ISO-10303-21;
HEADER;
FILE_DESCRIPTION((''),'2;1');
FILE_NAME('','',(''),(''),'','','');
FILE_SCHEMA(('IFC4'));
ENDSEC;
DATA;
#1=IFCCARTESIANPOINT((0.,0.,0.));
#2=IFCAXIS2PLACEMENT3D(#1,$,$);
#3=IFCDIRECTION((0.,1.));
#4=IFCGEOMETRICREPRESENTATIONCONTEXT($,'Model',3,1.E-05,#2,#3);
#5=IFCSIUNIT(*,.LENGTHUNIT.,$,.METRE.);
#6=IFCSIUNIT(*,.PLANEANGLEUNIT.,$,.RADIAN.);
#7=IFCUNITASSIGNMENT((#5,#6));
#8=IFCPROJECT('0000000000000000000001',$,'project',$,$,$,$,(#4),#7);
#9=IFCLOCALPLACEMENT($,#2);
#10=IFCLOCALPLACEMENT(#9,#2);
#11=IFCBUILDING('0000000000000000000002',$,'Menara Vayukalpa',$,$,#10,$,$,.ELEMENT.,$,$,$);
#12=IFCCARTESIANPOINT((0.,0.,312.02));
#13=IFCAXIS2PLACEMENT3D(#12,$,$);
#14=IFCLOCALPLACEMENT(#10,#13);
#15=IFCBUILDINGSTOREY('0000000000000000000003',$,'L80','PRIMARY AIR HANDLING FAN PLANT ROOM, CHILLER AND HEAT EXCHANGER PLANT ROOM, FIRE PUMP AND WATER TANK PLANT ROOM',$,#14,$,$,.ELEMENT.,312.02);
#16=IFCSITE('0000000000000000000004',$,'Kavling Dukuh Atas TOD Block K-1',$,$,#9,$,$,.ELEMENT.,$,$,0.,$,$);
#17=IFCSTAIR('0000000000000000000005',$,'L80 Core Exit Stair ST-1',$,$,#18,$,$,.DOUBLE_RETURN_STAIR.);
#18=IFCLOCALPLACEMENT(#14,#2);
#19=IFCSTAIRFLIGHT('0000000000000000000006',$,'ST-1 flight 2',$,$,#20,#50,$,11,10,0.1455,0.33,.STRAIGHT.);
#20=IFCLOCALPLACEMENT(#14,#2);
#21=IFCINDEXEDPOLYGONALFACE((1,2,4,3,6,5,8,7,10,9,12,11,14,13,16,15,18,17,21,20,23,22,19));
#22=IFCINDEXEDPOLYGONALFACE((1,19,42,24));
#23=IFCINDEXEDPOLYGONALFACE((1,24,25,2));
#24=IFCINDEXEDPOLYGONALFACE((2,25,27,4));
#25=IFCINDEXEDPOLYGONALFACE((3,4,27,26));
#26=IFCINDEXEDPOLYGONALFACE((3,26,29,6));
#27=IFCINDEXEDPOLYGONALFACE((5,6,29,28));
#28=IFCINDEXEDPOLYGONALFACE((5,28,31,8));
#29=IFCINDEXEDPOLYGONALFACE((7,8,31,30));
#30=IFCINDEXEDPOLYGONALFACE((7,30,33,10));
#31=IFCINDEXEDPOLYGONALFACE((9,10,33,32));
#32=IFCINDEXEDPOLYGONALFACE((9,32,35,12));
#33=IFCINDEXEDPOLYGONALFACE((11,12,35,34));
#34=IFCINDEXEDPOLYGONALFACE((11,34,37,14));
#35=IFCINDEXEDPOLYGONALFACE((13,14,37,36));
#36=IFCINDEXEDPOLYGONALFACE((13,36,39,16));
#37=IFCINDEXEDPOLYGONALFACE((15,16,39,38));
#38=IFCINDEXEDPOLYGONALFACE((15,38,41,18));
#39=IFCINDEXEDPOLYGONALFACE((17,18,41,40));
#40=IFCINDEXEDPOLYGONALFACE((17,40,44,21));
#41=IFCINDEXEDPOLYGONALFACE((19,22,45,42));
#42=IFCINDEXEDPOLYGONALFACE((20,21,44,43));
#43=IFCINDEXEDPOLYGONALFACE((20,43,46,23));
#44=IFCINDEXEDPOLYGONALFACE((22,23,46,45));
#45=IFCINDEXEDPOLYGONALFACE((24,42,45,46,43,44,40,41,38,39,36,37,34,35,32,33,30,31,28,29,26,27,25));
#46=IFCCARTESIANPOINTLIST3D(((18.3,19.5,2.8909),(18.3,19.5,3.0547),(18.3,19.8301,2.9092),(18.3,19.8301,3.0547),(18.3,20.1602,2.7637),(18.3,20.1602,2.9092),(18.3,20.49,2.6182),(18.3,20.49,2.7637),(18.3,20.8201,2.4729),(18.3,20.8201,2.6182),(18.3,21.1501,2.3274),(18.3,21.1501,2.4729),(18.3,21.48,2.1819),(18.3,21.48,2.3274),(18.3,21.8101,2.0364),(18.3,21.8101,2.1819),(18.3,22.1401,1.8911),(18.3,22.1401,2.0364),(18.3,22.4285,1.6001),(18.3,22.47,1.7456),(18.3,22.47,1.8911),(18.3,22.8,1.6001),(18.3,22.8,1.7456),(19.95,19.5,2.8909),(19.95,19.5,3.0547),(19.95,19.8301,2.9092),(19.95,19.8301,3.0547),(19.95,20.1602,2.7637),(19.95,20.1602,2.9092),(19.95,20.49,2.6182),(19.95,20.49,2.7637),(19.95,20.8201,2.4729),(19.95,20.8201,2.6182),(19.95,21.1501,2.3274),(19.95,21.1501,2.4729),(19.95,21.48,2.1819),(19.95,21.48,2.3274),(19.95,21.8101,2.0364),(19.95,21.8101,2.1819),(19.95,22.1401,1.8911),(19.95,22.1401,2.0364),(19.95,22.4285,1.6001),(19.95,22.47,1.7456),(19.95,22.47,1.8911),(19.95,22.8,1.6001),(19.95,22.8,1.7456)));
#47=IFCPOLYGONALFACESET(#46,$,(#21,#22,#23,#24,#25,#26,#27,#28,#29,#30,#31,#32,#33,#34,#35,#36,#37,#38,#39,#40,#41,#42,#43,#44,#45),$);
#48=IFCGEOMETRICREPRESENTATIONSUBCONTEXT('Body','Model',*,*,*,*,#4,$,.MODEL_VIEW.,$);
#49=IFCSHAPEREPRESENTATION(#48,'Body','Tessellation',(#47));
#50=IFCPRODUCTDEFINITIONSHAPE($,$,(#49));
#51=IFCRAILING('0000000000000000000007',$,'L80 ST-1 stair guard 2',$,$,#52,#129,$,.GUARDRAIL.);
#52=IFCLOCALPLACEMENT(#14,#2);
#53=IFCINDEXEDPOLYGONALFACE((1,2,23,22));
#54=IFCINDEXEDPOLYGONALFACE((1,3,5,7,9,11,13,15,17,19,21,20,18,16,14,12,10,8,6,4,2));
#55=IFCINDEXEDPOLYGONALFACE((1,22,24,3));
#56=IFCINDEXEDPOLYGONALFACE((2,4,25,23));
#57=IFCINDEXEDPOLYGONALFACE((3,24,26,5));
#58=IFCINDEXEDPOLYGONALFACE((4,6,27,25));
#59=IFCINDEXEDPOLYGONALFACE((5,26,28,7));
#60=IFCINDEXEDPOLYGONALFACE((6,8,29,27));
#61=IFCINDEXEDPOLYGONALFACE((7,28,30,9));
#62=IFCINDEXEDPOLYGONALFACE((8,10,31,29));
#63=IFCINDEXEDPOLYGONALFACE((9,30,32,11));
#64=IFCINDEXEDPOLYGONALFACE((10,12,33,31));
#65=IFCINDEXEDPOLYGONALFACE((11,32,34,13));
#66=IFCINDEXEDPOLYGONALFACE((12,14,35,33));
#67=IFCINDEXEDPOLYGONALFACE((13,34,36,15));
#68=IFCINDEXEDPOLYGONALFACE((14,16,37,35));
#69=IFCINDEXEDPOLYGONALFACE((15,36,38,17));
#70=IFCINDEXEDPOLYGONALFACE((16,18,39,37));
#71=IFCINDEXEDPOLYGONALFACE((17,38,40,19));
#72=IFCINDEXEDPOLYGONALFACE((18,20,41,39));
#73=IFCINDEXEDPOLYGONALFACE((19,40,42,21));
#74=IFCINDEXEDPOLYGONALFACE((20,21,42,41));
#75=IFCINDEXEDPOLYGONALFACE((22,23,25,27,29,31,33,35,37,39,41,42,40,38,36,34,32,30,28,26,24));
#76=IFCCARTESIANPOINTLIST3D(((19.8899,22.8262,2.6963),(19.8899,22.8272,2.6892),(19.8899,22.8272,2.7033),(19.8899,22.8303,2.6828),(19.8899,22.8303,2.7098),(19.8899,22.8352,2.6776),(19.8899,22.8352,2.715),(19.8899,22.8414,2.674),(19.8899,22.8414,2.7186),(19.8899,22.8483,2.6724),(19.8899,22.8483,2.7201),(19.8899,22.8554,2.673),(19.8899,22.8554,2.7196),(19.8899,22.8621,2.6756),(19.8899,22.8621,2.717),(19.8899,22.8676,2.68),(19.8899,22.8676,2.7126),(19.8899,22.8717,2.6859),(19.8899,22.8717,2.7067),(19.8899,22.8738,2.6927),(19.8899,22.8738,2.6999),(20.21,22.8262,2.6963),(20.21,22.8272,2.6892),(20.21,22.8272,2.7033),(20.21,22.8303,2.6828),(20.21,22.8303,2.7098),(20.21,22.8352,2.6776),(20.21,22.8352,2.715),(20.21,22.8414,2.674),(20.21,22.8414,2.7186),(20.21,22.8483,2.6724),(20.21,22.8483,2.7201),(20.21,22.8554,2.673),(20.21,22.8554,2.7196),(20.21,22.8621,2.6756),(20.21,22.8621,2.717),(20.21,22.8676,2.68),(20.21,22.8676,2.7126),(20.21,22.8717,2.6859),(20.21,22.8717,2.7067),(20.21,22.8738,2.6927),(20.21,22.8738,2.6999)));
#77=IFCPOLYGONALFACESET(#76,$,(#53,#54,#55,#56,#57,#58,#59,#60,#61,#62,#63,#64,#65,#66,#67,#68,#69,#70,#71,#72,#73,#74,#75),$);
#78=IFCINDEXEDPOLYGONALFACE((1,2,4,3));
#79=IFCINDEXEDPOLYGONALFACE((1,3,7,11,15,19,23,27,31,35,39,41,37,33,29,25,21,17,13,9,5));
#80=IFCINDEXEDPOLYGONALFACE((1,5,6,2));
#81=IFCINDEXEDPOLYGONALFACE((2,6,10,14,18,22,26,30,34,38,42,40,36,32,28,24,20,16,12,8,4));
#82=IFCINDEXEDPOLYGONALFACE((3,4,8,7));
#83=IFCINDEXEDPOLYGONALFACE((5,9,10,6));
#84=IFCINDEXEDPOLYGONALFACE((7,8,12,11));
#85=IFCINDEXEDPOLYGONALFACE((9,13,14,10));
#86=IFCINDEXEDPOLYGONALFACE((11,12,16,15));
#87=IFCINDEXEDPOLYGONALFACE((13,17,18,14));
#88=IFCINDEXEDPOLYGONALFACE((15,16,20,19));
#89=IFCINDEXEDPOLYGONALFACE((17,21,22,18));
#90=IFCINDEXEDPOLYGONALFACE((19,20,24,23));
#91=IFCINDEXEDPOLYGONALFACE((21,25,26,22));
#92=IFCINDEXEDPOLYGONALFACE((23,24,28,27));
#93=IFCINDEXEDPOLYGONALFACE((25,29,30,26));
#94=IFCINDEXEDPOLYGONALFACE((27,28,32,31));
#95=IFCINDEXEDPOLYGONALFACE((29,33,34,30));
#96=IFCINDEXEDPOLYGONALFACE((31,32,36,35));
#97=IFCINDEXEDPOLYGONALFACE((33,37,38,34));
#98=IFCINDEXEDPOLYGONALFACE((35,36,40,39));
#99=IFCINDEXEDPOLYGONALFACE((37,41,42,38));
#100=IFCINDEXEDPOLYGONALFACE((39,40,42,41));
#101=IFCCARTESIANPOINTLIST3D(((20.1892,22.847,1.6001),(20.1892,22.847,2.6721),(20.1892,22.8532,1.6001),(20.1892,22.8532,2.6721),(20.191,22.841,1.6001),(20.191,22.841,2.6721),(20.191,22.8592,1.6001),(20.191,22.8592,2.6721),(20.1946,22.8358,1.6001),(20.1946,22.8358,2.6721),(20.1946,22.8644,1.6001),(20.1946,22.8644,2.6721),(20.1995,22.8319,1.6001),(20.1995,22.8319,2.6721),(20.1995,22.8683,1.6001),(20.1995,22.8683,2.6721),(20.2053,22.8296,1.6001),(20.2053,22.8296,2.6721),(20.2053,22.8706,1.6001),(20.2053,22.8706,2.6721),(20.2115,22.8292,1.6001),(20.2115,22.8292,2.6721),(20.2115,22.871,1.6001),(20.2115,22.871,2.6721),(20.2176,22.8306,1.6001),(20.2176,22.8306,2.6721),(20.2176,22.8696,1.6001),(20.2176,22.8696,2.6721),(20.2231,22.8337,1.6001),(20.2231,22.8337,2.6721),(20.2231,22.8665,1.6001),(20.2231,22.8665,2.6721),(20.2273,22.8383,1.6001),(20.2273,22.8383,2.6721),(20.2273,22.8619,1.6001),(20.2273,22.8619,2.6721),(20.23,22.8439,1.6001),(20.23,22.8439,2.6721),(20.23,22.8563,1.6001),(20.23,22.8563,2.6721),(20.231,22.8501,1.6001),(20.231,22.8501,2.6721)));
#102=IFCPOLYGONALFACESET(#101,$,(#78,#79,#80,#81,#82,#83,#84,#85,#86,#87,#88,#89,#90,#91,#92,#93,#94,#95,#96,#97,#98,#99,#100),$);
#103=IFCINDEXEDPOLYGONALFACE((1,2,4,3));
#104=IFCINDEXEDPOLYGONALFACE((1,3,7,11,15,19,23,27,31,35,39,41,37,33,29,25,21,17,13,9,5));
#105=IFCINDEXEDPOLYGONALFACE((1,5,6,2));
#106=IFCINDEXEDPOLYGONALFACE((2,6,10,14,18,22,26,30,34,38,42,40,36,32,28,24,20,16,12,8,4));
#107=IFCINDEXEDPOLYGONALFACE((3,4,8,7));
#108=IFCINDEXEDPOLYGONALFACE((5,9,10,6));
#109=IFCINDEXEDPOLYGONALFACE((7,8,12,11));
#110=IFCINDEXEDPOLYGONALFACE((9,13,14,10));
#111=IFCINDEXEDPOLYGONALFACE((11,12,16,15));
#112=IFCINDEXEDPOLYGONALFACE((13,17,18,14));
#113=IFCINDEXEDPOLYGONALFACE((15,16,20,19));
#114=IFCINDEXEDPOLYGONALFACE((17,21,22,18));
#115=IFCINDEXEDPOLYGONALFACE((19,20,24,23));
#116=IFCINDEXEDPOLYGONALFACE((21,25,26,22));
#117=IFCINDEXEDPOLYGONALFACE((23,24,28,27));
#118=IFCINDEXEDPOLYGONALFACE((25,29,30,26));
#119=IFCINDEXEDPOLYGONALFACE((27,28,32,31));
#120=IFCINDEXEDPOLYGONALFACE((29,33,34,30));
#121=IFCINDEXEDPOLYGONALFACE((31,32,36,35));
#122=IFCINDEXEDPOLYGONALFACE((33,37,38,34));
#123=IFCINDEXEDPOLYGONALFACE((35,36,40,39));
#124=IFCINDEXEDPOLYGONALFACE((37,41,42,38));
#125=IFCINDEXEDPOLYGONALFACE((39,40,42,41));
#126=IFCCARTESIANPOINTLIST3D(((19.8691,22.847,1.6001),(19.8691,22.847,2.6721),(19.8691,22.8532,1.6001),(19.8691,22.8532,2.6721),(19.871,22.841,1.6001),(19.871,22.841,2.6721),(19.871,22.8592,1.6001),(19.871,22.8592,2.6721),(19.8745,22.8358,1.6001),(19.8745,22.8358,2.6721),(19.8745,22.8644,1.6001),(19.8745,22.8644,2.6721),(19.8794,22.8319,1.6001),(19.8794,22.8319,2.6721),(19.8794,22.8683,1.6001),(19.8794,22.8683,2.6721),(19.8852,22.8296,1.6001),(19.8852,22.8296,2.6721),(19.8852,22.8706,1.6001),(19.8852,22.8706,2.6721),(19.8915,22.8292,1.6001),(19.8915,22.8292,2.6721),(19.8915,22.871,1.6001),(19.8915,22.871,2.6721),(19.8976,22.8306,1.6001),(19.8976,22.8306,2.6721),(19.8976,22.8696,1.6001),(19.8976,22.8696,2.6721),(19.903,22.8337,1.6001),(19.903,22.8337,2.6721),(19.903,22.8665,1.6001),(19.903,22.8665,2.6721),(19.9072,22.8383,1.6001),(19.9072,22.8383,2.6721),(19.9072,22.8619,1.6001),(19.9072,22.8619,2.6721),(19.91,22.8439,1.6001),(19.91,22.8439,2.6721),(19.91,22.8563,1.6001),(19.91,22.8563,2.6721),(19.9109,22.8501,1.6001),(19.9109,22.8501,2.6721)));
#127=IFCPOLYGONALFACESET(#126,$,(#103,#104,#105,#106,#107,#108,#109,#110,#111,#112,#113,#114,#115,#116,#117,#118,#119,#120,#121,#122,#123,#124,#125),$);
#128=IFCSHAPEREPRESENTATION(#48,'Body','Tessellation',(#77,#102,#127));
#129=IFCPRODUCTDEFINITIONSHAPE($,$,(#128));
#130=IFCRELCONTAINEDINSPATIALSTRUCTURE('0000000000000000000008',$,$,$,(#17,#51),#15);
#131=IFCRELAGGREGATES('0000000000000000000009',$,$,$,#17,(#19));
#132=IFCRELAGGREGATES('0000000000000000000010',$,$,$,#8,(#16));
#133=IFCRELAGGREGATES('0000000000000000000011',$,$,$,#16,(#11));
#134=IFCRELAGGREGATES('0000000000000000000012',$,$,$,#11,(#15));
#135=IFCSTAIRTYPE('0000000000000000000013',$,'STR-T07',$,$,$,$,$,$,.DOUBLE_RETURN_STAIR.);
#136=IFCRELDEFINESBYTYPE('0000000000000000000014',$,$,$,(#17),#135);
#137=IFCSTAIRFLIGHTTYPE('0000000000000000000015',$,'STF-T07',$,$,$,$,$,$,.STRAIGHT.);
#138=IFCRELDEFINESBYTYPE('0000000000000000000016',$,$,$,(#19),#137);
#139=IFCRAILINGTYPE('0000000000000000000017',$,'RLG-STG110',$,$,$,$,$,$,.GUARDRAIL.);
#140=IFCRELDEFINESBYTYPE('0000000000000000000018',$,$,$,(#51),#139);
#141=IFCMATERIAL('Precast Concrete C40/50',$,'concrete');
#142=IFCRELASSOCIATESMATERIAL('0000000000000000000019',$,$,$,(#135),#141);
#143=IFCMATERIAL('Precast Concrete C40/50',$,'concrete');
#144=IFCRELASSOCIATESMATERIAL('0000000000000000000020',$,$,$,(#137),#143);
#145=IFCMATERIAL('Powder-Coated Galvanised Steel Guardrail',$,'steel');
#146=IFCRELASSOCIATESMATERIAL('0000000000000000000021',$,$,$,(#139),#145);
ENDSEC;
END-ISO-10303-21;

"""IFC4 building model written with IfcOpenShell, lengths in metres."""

from ifc_helpers import new_model, si_unit, direction, frame, origin, origin_2d, place, context, subcontext, project, spatial, polyline, circle, outline, extrude, material, type_object, element, aggregate, save


model = new_model("IFC4")

# Units and contexts
model_context = context("Model", 3, precision=1e-05, world=origin(), true_north=direction((0.0, 1.0)))
body_context = subcontext(model_context, "Body", "Model", "MODEL_VIEW")
ifc_project = project(units=[si_unit("LENGTHUNIT", "METRE"), si_unit("PLANEANGLEUNIT", "RADIAN")], contexts=[model_context])

# Site, building, storey
site_placement = place(None, origin())
site = spatial("IfcSite", under=ifc_project, at=site_placement, Name="Kavling Dukuh Atas TOD Block K-1", CompositionType="ELEMENT", RefElevation=0.0)
building_placement = place(site_placement, origin())
building = spatial("IfcBuilding", under=site, at=building_placement, Name="Menara Vayukalpa", CompositionType="ELEMENT")
storey_placement = place(building_placement, frame((0.0, 0.0, 312.02)))
storey = spatial("IfcBuildingStorey", under=building, at=storey_placement, Name="L80", Description="PRIMARY AIR HANDLING FAN PLANT ROOM, CHILLER AND HEAT EXCHANGER PLANT ROOM, FIRE PUMP AND WATER TANK PLANT ROOM", CompositionType="ELEMENT", Elevation=312.02)

# Stair, stair flight
ifc_material_1 = material(Name="Precast Concrete C40/50", Category="concrete")
stair_type = type_object("IfcStairType", Name="STR-T07", PredefinedType="DOUBLE_RETURN_STAIR", material=ifc_material_1)
stair_placement = place(storey_placement, origin())
stair = element("IfcStair", 1, at=stair_placement, inside=storey, type_object=stair_type, Name="L80 Core Exit Stair ST-1", PredefinedType="DOUBLE_RETURN_STAIR")
ifc_material_2 = material(Name="Precast Concrete C40/50", Category="concrete")
stair_flight_type = type_object("IfcStairFlightType", Name="STF-T07", PredefinedType="STRAIGHT", material=ifc_material_2)
stair_flight_1_placement = place(storey_placement, frame((19.125, 22.8, 1.6001), z_axis=(0.0, 0.0, 1.0), x_axis=(0.0, -1.0, 0.0)))
stair_flight_1 = element("IfcStairFlight", 2, at=stair_flight_1_placement, type_object=stair_flight_type, Name="ST-1 flight 2", NumberOfRisers=11, NumberOfTreads=10, PredefinedType="STRAIGHT", RiserHeight=0.1455, TreadLength=0.33, context=body_context, shape_type="SweptSolid", body=[
    extrude(outline(polyline([(0.0, 0.0), (0.0, 0.1455), (0.3301, 0.1455), (0.3301, 0.291), (0.6599, 0.291), (0.6599, 0.4363), (0.99, 0.4363), (0.99, 0.5818), (1.3201, 0.5818), (1.3201, 0.7273), (1.6499, 0.7273), (1.6499, 0.8728), (1.98, 0.8728), (1.98, 1.0181), (2.3101, 1.0181), (2.3101, 1.1636), (2.6399, 1.1636), (2.6399, 1.3091), (2.97, 1.3091), (2.97, 1.4546), (3.3, 1.4546), (3.3, 1.6001), (3.3, 1.2908), (0.3716, 0.0), (0.0, 0.0)])), frame((0.0, 0.825, 0.0), z_axis=(0.0, -1.0, 0.0), x_axis=(1.0, 0.0, 0.0)), (0.0, 0.0, 1.0), 1.6499),
])
aggregate(stair, [stair_flight_1])

# Railing
ifc_material_3 = material(Name="Powder-Coated Galvanised Steel Guardrail", Category="steel")
railing_type_1 = type_object("IfcRailingType", Name="RLG-STG110", PredefinedType="GUARDRAIL", material=ifc_material_3)
railing_1_placement = place(storey_placement, frame((20.21, 22.8501, 1.6001)))
element("IfcRailing", 3, at=railing_1_placement, inside=storey, type_object=railing_type_1, Name="L80 ST-1 stair guard 2", PredefinedType="GUARDRAIL", context=body_context, shape_type="SweptSolid", body=[
    extrude(circle(Radius=0.0239, at=origin_2d()), frame((0.0, 0.0, 1.0962), z_axis=(-1.0, 0.0, 0.0), x_axis=(0.0, -1.0, 0.0)), (0.0, 0.0, 1.0), 0.3201),
    extrude(circle(Radius=0.021, at=origin_2d()), origin(), (0.0, 0.0, 1.0), 1.072),
    extrude(circle(Radius=0.021, at=origin_2d()), frame((-0.3201, 0.0, 0.0)), (0.0, 0.0, 1.0), 1.072),
])

save(model, "model.ifc")
